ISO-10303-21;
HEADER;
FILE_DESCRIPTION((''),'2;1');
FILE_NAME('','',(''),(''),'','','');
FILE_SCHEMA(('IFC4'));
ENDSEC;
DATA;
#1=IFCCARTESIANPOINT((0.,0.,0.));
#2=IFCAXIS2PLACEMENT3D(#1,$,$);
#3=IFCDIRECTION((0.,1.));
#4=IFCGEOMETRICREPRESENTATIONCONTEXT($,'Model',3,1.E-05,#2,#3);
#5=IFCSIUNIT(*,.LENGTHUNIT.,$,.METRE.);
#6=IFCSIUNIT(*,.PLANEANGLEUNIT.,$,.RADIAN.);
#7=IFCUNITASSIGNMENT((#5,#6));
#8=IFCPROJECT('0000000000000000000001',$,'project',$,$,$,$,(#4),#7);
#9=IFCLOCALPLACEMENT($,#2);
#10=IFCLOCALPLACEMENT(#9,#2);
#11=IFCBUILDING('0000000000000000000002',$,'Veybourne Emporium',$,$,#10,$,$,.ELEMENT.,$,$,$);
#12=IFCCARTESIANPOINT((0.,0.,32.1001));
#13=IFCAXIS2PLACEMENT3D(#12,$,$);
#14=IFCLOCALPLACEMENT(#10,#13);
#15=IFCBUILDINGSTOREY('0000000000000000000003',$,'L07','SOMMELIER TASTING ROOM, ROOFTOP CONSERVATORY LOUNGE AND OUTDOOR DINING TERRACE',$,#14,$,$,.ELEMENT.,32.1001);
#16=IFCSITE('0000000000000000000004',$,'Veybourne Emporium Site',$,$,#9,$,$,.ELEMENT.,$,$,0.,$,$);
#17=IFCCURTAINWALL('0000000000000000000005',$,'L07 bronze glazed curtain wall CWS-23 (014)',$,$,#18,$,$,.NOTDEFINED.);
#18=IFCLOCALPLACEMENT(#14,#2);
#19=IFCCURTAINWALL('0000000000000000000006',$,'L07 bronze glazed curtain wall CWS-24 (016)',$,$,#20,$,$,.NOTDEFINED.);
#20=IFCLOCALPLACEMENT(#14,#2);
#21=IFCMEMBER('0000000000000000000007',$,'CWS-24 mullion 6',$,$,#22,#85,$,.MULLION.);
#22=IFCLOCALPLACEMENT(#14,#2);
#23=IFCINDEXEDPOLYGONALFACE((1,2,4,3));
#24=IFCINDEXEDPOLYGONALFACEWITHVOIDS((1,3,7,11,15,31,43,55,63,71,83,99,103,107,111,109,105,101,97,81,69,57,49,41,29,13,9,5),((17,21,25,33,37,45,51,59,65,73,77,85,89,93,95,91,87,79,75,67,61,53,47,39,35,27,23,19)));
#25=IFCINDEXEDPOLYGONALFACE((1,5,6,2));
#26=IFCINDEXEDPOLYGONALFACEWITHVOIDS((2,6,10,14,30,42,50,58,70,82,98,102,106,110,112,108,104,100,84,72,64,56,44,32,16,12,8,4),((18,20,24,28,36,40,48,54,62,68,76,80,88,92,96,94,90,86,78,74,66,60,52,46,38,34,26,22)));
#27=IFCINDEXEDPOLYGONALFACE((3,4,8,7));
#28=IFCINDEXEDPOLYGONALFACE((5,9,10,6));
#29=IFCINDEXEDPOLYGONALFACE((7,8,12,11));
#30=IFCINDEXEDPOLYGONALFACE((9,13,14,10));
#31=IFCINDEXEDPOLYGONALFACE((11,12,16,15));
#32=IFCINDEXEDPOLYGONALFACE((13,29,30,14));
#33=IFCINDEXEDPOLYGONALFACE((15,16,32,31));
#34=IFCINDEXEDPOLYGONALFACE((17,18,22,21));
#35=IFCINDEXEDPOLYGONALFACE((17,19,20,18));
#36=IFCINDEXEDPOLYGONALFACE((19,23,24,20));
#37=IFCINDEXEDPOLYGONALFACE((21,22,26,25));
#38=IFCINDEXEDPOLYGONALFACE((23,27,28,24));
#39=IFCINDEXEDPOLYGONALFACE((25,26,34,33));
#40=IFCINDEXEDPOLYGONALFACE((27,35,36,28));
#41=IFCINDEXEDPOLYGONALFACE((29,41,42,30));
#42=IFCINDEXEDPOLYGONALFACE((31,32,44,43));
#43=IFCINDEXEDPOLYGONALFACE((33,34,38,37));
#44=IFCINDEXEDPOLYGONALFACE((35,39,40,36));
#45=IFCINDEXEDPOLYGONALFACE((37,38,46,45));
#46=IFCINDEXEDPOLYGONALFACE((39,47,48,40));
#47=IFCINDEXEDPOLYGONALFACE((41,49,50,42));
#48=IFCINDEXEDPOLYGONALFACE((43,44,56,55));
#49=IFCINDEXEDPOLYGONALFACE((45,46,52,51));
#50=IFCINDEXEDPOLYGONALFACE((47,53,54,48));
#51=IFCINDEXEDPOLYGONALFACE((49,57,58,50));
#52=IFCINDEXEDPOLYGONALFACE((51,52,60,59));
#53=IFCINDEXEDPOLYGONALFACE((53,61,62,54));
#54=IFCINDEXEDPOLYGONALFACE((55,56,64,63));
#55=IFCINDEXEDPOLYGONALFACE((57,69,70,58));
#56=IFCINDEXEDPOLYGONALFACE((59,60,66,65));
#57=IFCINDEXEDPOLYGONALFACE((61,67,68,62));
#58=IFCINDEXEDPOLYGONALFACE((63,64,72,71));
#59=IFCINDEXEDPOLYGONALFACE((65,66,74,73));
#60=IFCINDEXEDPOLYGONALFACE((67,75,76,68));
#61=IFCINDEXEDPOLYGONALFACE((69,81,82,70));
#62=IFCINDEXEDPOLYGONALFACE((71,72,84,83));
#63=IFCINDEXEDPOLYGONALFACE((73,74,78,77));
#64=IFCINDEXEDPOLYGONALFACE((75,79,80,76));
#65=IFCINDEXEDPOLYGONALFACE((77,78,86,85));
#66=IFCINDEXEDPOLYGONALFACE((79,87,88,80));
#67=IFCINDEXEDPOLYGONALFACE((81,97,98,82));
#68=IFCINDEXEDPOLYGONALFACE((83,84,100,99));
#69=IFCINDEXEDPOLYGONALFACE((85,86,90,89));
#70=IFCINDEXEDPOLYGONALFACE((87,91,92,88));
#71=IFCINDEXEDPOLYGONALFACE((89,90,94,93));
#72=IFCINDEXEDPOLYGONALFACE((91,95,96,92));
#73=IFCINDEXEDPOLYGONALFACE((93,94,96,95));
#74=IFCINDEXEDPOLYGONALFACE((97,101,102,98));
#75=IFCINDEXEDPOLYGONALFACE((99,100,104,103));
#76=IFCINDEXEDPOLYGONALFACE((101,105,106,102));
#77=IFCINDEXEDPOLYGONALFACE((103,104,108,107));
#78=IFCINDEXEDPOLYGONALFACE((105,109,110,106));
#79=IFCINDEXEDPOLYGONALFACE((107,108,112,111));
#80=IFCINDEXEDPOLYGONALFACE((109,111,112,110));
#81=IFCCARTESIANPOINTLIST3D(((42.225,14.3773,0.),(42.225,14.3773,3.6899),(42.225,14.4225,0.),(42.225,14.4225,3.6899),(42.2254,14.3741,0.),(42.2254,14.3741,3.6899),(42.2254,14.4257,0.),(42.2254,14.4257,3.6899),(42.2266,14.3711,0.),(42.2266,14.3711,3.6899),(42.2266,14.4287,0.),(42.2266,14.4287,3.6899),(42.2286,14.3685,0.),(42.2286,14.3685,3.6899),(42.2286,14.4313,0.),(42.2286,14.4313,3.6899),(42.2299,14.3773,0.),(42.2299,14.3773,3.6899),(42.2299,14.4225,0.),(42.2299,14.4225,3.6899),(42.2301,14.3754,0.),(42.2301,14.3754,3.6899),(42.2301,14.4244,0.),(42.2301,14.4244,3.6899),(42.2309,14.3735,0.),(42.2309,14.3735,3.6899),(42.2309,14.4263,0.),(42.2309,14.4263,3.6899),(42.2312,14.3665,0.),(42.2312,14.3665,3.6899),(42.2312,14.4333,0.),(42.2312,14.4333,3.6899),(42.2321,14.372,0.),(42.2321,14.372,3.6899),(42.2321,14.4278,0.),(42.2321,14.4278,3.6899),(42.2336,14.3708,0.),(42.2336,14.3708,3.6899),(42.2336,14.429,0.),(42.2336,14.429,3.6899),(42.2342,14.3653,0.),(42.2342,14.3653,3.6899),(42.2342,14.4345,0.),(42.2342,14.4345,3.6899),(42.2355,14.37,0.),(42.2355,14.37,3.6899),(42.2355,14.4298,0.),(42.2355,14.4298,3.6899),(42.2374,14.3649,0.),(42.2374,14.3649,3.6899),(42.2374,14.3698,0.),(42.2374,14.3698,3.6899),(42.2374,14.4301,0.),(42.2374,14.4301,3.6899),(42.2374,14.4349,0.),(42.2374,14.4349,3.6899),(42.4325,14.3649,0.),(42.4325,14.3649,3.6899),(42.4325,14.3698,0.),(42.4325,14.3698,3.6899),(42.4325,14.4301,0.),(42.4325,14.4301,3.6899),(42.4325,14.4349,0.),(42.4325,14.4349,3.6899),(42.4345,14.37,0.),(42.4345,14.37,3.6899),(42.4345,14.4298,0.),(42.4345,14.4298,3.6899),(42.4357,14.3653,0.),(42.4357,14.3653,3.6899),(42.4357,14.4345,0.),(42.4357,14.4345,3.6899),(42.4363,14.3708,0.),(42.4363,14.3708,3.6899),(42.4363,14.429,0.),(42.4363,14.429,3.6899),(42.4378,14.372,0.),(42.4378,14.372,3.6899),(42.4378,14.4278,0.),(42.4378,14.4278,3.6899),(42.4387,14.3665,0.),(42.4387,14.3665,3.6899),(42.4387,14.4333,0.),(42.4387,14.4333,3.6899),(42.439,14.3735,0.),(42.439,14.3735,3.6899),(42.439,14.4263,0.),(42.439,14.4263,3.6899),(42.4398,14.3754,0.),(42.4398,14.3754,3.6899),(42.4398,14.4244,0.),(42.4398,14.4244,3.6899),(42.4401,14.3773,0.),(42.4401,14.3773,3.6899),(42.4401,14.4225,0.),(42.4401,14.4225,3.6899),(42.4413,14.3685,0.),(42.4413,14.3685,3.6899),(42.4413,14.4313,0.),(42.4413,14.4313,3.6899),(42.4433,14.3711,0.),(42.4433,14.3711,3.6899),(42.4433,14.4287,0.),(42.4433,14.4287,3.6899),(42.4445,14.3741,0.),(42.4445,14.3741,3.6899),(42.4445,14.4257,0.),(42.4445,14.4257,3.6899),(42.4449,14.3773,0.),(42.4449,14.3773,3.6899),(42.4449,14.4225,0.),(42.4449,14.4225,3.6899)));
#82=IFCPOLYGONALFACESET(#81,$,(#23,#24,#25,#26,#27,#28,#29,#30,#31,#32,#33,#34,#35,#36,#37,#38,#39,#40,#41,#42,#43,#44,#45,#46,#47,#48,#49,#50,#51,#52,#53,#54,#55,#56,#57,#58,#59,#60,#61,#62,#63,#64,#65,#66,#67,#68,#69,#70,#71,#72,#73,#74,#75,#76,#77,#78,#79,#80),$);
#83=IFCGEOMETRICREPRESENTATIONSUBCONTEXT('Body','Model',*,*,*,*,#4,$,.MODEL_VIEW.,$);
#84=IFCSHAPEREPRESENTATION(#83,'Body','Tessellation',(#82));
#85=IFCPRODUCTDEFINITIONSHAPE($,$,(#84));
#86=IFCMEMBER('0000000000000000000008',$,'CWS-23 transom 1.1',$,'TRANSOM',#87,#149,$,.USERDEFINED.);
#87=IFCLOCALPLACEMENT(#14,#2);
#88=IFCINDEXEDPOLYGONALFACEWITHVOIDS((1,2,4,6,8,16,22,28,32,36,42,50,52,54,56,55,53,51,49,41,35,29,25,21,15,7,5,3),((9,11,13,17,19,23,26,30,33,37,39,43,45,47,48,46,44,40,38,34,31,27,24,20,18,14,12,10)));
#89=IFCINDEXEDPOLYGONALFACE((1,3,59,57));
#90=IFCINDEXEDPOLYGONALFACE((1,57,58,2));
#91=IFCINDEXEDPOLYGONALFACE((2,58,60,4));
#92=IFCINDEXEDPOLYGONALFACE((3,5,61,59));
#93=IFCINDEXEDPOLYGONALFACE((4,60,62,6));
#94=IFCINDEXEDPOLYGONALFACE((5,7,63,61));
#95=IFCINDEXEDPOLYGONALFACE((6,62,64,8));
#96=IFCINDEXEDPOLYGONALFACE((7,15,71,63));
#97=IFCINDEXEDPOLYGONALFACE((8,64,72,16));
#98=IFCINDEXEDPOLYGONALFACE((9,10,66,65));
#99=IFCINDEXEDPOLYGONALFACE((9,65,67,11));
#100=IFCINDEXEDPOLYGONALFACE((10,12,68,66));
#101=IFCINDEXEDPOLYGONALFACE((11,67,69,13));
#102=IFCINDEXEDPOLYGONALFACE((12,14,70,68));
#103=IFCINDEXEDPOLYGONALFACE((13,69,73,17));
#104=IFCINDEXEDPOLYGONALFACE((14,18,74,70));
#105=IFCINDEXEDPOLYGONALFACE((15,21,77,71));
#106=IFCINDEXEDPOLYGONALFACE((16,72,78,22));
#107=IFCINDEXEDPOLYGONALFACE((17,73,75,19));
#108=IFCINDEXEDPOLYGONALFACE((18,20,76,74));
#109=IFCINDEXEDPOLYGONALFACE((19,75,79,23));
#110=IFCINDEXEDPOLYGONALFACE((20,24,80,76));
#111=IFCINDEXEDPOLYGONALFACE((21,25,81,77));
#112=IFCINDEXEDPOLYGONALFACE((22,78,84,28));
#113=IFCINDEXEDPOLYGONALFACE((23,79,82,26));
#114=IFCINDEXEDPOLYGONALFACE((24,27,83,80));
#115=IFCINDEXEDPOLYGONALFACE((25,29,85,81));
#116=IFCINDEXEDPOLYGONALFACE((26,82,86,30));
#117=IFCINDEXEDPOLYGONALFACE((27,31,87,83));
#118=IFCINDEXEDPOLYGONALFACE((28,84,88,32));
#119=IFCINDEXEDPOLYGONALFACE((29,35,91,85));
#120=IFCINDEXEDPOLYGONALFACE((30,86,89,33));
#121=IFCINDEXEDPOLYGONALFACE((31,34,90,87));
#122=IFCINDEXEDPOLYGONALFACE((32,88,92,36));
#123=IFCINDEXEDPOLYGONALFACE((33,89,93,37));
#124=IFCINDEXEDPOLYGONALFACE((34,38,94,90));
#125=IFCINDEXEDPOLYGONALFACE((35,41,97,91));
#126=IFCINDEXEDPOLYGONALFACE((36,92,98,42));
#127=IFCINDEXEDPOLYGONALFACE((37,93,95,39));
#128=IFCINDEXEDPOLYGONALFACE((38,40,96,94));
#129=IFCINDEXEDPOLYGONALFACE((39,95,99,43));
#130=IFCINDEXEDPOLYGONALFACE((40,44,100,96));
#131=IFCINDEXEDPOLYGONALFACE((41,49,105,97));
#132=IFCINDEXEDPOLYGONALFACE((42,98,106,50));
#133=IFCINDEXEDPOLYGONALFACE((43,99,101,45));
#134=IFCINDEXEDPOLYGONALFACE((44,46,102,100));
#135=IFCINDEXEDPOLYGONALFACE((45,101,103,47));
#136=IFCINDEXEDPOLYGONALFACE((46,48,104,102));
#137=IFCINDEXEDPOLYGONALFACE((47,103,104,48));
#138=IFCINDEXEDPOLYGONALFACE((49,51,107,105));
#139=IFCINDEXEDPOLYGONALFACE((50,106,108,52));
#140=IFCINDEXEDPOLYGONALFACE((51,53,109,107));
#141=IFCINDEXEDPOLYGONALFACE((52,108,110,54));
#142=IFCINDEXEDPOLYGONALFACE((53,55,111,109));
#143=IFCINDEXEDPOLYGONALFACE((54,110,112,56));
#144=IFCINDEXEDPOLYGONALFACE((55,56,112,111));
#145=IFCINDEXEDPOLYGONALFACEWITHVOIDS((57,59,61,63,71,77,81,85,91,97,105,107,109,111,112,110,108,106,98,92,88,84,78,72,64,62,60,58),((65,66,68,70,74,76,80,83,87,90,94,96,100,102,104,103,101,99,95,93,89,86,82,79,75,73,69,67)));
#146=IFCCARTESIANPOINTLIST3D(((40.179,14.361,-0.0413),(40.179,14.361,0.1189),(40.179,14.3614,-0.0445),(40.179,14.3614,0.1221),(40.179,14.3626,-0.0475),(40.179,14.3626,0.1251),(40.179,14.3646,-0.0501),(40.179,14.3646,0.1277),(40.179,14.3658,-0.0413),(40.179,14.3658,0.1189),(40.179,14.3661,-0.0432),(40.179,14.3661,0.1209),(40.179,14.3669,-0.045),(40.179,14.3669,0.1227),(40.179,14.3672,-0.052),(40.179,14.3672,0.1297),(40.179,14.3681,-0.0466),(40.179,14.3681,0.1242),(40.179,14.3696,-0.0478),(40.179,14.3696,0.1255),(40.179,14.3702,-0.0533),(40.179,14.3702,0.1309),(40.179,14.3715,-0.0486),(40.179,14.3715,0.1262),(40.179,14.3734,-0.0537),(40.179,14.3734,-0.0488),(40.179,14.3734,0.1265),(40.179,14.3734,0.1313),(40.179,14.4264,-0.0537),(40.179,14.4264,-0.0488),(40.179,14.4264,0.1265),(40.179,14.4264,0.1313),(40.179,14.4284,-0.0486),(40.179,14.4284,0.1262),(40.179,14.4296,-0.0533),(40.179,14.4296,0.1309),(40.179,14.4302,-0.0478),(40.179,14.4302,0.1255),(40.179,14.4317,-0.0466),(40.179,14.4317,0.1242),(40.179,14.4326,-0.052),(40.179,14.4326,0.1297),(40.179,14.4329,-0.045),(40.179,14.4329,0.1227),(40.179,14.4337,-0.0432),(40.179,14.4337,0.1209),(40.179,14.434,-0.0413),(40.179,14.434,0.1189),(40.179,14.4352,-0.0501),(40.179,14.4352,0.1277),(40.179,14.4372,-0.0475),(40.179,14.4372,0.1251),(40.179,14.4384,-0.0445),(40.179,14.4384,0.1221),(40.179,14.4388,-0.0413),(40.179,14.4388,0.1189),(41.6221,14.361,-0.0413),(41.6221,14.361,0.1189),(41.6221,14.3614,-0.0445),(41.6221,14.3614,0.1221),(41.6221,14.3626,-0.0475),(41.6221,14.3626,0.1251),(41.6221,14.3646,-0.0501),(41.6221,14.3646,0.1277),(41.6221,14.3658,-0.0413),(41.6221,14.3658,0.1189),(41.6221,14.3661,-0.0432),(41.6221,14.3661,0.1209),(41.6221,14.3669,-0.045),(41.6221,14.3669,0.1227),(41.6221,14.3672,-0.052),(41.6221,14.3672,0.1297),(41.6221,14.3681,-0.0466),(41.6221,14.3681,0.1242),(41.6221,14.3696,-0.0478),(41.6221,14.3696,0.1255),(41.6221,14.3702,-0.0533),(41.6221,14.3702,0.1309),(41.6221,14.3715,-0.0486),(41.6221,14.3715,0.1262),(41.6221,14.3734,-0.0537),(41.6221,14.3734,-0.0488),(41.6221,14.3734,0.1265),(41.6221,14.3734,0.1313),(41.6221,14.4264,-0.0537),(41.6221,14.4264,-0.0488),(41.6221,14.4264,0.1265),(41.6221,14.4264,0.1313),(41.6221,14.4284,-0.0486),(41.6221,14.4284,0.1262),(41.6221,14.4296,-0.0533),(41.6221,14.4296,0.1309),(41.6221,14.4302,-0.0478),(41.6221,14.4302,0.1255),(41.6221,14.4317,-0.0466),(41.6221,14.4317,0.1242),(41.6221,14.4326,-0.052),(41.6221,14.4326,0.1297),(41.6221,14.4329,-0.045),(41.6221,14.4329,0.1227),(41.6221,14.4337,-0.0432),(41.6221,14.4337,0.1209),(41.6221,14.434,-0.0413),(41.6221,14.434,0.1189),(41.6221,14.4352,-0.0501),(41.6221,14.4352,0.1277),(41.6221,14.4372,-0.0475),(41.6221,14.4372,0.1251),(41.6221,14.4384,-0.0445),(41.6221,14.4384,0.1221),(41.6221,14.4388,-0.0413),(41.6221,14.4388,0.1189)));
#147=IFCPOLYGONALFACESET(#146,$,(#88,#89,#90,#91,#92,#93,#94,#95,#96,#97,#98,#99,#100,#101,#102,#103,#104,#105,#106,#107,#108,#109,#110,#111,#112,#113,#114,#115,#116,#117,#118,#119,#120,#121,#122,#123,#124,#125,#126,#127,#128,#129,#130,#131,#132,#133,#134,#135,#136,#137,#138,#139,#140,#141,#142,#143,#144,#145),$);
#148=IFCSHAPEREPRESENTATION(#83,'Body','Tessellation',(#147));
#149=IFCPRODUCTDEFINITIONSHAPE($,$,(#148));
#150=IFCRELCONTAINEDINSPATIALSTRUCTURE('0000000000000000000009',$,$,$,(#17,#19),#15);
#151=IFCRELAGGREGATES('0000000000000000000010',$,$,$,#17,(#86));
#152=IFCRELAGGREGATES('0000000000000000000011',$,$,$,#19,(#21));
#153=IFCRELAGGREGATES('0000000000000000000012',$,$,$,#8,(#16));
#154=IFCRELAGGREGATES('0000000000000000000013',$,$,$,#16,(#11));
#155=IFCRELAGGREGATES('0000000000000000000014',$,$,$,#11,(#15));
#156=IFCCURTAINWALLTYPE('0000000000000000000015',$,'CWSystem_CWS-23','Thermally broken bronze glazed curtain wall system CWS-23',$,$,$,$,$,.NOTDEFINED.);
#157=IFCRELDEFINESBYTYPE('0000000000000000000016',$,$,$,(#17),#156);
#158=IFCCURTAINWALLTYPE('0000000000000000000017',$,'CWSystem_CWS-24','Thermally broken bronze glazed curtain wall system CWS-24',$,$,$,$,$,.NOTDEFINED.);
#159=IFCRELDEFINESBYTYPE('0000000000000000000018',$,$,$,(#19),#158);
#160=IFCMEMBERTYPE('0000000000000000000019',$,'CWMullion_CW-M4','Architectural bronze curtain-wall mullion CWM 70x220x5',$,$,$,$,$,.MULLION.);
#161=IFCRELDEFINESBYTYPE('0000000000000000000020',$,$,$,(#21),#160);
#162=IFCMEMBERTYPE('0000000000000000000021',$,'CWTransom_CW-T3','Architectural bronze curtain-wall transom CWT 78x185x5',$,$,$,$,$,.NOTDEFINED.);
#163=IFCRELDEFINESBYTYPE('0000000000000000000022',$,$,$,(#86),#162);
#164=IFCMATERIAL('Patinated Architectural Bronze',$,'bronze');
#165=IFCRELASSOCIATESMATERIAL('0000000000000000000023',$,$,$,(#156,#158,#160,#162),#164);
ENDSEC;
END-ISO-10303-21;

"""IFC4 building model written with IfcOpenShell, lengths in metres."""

from ifc_helpers import new_model, si_unit, direction, frame, origin, origin_2d, place, context, subcontext, project, spatial, hollow_rectangle, extrude, material, material_profile, profile_set, type_object, element, aggregate, save


model = new_model("IFC4")

# Units and contexts
model_context = context("Model", 3, precision=1e-05, world=origin(), true_north=direction((0.0, 1.0)))
body_context = subcontext(model_context, "Body", "Model", "MODEL_VIEW")
ifc_project = project(units=[si_unit("LENGTHUNIT", "METRE"), si_unit("PLANEANGLEUNIT", "RADIAN")], contexts=[model_context])

# Site, building, storey
site_placement = place(None, origin())
site = spatial("IfcSite", under=ifc_project, at=site_placement, Name="Veybourne Emporium Site", CompositionType="ELEMENT", RefElevation=0.0)
building_placement = place(site_placement, origin())
building = spatial("IfcBuilding", under=site, at=building_placement, Name="Veybourne Emporium", CompositionType="ELEMENT")
storey_placement = place(building_placement, frame((0.0, 0.0, 32.1001)))
storey = spatial("IfcBuildingStorey", under=building, at=storey_placement, Name="L07", Description="SOMMELIER TASTING ROOM, ROOFTOP CONSERVATORY LOUNGE AND OUTDOOR DINING TERRACE", CompositionType="ELEMENT", Elevation=32.1001)

# Curtain wall
ifc_material_1 = material(Name="Patinated Architectural Bronze", Category="bronze")
curtain_wall_type_1 = type_object("IfcCurtainWallType", Name="CWSystem_CWS-23", Description="Thermally broken bronze glazed curtain wall system CWS-23", PredefinedType="NOTDEFINED", material=ifc_material_1)
curtain_wall_1_placement = place(storey_placement, origin())
curtain_wall_1 = element("IfcCurtainWall", 1, at=curtain_wall_1_placement, inside=storey, type_object=curtain_wall_type_1, Name="L07 bronze glazed curtain wall CWS-23 (014)", PredefinedType="NOTDEFINED")

# Curtain wall, member
curtain_wall_type_2 = type_object("IfcCurtainWallType", Name="CWSystem_CWS-24", Description="Thermally broken bronze glazed curtain wall system CWS-24", PredefinedType="NOTDEFINED", material=ifc_material_1)
curtain_wall_2_placement = place(storey_placement, origin())
curtain_wall_2 = element("IfcCurtainWall", 2, at=curtain_wall_2_placement, inside=storey, type_object=curtain_wall_type_2, Name="L07 bronze glazed curtain wall CWS-24 (016)", PredefinedType="NOTDEFINED")
ifc_material_profile_1 = material_profile(ifc_material_1, hollow_rectangle(XDim=0.0701, YDim=0.22, WallThickness=0.0049, InnerFilletRadius=0.0076, OuterFilletRadius=0.0125, at=origin_2d()), Name="CWM 70x220x5")
ifc_profile_set_1 = profile_set([ifc_material_profile_1], Name="Patinated Architectural Bronze")
member_type_1 = type_object("IfcMemberType", Name="CWMullion_CW-M4", Description="Architectural bronze curtain-wall mullion CWM 70x220x5", PredefinedType="MULLION", material=ifc_profile_set_1)
member_1_placement = place(storey_placement, frame((42.335, 14.3999, 0.0), z_axis=(0.0, 0.0, 1.0), x_axis=(0.0, -1.0, 0.0)))
member_1 = element("IfcMember", 3, at=member_1_placement, type_object=member_type_1, Name="CWS-24 mullion 6", PredefinedType="MULLION", context=body_context, shape_type="SweptSolid", body=[
    extrude(hollow_rectangle(XDim=0.0701, YDim=0.22, WallThickness=0.0049, InnerFilletRadius=0.0076, OuterFilletRadius=0.0125, at=origin_2d()), origin(), (0.0, 0.0, 1.0), 3.6899),
])

# Member
ifc_material_profile_2 = material_profile(ifc_material_1, hollow_rectangle(XDim=0.0779, YDim=0.1851, WallThickness=0.0049, InnerFilletRadius=0.0076, OuterFilletRadius=0.0125, at=origin_2d()), Name="CWT 78x185x5")
ifc_profile_set_2 = profile_set([ifc_material_profile_2], Name="Patinated Architectural Bronze")
member_type_2 = type_object("IfcMemberType", Name="CWTransom_CW-T3", Description="Architectural bronze curtain-wall transom CWT 78x185x5", PredefinedType="NOTDEFINED", material=ifc_profile_set_2)
member_2_placement = place(storey_placement, frame((41.6221, 14.3999, 0.0388), z_axis=(-1.0, 0.0, 0.0), x_axis=(0.0, -1.0, 0.0)))
member_2 = element("IfcMember", 4, at=member_2_placement, type_object=member_type_2, Name="CWS-23 transom 1.1", ObjectType="TRANSOM", PredefinedType="USERDEFINED", context=body_context, shape_type="SweptSolid", body=[
    extrude(hollow_rectangle(XDim=0.0779, YDim=0.1851, WallThickness=0.0049, InnerFilletRadius=0.0076, OuterFilletRadius=0.0125, at=origin_2d()), origin(), (0.0, 0.0, 1.0), 1.4431),
])

aggregate(curtain_wall_1, [member_2])
aggregate(curtain_wall_2, [member_1])

save(model, "model.ifc")
